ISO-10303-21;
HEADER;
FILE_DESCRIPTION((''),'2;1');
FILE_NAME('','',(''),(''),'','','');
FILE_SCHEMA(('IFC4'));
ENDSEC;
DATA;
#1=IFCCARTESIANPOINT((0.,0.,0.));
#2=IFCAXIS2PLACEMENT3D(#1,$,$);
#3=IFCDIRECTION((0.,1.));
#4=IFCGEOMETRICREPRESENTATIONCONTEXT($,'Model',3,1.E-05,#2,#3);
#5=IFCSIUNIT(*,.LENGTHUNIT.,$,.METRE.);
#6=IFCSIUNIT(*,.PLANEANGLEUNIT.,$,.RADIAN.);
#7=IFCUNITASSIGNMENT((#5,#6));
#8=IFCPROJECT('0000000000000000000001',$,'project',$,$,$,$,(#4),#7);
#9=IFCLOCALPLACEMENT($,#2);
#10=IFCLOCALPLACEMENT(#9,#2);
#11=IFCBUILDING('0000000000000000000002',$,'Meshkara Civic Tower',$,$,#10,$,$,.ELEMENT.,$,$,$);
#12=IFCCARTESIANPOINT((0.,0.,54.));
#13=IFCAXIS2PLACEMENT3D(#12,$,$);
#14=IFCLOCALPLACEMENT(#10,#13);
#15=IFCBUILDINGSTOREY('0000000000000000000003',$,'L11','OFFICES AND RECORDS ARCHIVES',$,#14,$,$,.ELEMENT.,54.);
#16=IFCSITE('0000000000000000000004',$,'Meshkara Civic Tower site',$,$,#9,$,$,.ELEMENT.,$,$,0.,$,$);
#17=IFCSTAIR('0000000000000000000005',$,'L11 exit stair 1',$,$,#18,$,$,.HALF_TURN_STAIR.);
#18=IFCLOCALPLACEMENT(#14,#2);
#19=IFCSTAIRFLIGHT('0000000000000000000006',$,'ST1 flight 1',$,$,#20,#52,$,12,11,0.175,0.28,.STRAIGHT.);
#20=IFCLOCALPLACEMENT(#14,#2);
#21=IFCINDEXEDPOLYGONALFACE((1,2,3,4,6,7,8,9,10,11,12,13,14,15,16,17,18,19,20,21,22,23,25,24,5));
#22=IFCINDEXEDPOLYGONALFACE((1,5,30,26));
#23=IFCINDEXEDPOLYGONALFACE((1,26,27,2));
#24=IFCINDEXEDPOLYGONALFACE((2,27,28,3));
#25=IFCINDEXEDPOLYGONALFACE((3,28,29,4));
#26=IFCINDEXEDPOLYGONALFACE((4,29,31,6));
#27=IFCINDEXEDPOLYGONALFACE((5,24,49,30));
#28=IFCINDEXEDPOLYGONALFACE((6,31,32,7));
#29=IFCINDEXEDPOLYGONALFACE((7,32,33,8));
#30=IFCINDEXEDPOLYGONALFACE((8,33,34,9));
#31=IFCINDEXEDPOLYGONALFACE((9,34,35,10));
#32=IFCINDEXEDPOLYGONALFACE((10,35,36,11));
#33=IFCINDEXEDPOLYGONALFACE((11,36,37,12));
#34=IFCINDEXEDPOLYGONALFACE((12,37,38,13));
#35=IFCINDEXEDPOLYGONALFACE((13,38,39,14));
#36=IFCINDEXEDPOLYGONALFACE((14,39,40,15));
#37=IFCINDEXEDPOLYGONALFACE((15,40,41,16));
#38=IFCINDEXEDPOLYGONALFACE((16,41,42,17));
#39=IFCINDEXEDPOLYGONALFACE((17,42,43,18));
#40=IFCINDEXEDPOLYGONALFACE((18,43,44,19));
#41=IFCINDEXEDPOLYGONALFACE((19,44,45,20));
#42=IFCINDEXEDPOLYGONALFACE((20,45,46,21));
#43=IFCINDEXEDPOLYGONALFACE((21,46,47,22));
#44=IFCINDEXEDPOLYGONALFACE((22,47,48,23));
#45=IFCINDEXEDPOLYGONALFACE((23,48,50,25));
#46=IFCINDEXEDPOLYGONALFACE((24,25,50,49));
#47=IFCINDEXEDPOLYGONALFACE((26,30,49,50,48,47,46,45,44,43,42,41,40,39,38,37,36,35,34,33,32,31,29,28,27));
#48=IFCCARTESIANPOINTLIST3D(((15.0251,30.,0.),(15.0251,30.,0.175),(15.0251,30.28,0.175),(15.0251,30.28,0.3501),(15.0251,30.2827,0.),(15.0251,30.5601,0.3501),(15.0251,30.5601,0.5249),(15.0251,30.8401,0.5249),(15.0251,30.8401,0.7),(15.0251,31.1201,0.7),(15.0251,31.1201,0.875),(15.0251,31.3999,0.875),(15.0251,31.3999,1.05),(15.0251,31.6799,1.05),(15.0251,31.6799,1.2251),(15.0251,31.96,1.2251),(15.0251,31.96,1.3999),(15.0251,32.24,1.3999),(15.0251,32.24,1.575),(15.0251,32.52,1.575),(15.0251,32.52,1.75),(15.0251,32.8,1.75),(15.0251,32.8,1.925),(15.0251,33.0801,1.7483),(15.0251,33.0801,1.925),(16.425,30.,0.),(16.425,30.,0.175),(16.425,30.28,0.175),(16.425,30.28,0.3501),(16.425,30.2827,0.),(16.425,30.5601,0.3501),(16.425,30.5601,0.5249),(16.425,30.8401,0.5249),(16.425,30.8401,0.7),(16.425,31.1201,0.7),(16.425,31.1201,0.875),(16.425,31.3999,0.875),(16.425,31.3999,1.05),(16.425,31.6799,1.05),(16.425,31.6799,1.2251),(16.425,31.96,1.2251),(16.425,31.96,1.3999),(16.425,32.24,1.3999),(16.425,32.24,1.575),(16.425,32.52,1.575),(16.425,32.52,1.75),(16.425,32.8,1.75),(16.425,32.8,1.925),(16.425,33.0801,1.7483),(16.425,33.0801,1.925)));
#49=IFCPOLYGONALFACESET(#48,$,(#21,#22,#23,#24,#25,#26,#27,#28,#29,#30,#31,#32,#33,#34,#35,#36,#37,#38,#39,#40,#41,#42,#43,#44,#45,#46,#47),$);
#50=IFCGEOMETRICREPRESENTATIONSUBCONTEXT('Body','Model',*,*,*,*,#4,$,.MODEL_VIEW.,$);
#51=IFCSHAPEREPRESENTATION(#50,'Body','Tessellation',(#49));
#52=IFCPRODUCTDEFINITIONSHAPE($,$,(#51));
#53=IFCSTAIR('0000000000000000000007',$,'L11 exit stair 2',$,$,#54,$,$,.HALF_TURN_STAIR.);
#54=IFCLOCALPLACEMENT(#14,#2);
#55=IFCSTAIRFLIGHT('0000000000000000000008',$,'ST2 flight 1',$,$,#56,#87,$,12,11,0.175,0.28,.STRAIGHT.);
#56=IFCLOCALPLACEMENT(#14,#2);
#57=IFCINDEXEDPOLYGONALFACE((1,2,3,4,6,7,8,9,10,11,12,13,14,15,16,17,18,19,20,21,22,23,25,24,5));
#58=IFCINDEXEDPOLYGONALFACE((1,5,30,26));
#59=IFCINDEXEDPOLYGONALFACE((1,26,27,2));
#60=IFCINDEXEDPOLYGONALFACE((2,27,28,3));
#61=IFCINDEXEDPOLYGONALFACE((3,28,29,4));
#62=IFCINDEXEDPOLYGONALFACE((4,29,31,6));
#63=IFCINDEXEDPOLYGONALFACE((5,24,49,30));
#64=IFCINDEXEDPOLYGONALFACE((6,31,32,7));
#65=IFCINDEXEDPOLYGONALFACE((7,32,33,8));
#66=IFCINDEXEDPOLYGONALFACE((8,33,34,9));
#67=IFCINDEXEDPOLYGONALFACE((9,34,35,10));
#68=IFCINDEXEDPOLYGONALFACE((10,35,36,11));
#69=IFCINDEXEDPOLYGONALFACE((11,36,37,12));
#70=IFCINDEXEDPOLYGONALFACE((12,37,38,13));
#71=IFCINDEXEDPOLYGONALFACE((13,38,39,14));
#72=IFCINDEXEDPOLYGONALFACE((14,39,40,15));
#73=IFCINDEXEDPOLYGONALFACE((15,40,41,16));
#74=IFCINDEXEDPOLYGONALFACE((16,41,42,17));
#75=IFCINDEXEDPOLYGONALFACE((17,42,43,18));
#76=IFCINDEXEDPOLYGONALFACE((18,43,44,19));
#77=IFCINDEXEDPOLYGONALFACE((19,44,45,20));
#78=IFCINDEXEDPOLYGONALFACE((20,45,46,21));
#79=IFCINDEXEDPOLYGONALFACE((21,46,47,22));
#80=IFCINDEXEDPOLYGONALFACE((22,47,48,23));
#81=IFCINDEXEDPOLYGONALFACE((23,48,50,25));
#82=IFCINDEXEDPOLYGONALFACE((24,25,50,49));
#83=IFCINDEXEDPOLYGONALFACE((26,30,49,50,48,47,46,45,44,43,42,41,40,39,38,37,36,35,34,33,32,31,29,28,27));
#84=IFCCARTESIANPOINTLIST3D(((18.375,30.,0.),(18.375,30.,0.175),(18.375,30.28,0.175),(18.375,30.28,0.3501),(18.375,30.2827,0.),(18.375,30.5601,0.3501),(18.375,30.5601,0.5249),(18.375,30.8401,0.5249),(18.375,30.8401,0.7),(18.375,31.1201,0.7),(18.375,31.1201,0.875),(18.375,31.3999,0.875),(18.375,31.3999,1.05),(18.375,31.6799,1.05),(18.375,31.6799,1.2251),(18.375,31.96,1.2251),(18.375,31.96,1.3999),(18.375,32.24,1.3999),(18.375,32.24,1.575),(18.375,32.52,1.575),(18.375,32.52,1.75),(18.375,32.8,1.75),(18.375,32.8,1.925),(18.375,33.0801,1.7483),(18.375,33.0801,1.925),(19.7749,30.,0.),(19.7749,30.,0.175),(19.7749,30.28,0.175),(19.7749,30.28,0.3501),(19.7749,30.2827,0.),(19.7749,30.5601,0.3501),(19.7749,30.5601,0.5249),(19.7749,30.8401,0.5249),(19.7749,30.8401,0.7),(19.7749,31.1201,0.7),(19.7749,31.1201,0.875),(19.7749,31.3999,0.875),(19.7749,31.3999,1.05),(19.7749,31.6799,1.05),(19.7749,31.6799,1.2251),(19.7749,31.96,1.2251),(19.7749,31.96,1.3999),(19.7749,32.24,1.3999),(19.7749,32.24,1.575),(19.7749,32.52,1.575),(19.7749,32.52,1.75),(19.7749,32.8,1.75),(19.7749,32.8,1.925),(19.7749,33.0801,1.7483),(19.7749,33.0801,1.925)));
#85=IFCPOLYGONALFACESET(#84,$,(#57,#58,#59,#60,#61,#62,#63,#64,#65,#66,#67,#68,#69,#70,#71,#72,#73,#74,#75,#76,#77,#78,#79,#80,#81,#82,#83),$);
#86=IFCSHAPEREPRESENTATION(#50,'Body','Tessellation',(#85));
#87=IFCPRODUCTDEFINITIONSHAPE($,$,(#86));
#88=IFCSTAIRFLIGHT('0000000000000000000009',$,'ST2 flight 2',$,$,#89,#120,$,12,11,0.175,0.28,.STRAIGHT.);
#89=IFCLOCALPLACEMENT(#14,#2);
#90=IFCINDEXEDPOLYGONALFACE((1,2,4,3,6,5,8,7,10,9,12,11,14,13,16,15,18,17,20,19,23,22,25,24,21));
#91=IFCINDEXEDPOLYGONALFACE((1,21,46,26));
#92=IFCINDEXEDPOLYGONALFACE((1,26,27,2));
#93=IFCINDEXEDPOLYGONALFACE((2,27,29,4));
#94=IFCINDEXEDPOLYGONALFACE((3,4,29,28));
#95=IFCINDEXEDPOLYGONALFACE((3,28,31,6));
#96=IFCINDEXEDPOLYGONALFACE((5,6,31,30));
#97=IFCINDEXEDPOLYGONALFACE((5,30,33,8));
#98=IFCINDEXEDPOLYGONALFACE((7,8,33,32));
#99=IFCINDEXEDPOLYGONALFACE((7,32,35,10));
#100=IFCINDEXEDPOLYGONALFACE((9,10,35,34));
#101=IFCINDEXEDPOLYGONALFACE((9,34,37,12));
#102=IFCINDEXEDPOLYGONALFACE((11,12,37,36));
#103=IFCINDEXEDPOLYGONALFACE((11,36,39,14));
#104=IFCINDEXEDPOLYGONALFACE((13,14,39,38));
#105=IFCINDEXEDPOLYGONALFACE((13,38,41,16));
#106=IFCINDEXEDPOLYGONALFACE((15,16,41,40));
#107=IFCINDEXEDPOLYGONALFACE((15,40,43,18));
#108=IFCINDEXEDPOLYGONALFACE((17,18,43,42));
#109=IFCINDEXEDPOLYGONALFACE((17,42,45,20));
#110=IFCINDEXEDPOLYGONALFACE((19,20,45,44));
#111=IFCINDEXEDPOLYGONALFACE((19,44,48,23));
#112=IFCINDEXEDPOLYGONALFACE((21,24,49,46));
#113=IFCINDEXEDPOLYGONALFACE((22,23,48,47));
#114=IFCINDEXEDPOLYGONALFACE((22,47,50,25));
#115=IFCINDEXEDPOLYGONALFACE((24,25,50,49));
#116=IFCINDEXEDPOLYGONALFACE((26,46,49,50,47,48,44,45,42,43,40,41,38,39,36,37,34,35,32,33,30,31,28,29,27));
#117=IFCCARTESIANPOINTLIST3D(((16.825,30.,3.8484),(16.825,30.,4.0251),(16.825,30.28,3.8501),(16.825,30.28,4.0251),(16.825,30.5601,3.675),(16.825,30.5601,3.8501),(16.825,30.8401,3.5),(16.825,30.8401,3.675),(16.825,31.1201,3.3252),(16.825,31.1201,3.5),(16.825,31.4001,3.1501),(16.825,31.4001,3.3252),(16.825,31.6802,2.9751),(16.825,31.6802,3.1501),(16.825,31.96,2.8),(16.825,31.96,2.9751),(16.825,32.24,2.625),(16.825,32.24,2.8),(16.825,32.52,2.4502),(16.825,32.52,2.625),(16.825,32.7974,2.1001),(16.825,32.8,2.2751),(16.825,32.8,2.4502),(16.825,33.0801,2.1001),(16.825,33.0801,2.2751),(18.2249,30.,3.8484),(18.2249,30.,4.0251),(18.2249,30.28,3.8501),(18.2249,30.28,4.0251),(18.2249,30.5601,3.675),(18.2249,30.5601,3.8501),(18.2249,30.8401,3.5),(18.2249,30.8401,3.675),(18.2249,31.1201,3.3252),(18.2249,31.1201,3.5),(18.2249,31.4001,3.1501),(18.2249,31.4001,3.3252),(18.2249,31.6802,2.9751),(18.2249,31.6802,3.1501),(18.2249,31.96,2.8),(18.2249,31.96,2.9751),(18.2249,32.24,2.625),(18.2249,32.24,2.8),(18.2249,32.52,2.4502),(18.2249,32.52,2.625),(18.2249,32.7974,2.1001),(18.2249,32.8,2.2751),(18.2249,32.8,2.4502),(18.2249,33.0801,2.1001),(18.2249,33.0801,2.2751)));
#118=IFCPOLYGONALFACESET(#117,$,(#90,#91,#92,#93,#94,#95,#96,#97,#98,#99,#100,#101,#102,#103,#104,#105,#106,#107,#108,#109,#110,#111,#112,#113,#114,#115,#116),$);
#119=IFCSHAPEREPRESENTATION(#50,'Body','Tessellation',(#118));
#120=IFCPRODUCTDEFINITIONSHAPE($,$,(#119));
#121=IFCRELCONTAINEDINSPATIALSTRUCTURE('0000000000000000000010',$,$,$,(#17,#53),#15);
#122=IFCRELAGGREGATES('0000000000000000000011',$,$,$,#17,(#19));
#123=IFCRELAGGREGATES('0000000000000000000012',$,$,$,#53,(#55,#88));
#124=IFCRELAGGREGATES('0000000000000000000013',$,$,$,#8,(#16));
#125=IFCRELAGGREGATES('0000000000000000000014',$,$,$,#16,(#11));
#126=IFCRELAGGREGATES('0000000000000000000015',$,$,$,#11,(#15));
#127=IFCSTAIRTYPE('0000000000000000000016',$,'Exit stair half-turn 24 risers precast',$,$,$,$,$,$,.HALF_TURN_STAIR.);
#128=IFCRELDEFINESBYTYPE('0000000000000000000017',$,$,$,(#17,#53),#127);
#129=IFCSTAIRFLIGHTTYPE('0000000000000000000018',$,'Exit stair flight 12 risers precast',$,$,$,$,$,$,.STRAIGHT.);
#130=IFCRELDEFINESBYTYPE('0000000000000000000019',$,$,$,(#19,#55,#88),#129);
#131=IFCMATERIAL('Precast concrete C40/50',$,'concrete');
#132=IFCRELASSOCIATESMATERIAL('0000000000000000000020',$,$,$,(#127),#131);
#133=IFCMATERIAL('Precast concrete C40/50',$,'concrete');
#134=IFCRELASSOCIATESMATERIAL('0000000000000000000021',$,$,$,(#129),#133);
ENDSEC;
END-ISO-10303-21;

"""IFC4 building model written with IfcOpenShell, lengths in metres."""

from ifc_helpers import new_model, si_unit, direction, frame, origin, place, context, subcontext, project, spatial, polyline, outline, extrude, material, type_object, element, aggregate, save


model = new_model("IFC4")

# Units and contexts
model_context = context("Model", 3, precision=1e-05, world=origin(), true_north=direction((0.0, 1.0)))
body_context = subcontext(model_context, "Body", "Model", "MODEL_VIEW")
ifc_project = project(units=[si_unit("LENGTHUNIT", "METRE"), si_unit("PLANEANGLEUNIT", "RADIAN")], contexts=[model_context])

# Site, building, storey
site_placement = place(None, origin())
site = spatial("IfcSite", under=ifc_project, at=site_placement, Name="Meshkara Civic Tower site", CompositionType="ELEMENT", RefElevation=0.0)
building_placement = place(site_placement, origin())
building = spatial("IfcBuilding", under=site, at=building_placement, Name="Meshkara Civic Tower", CompositionType="ELEMENT")
storey_placement = place(building_placement, frame((0.0, 0.0, 54.0)))
storey = spatial("IfcBuildingStorey", under=building, at=storey_placement, Name="L11", Description="OFFICES AND RECORDS ARCHIVES", CompositionType="ELEMENT", Elevation=54.0)

# Stair, stair flight
ifc_material_1 = material(Name="Precast concrete C40/50", Category="concrete")
stair_type = type_object("IfcStairType", Name="Exit stair half-turn 24 risers precast", PredefinedType="HALF_TURN_STAIR", material=ifc_material_1)
stair_1_placement = place(storey_placement, origin())
stair_1 = element("IfcStair", 1, at=stair_1_placement, inside=storey, type_object=stair_type, Name="L11 exit stair 1", PredefinedType="HALF_TURN_STAIR")
ifc_material_2 = material(Name="Precast concrete C40/50", Category="concrete")
stair_flight_type = type_object("IfcStairFlightType", Name="Exit stair flight 12 risers precast", PredefinedType="STRAIGHT", material=ifc_material_2)
stair_flight_1_placement = place(storey_placement, frame((15.7251, 30.0, 0.0), z_axis=(0.0, 0.0, 1.0), x_axis=(0.0, 1.0, 0.0)))
stair_flight_1 = element("IfcStairFlight", 2, at=stair_flight_1_placement, type_object=stair_flight_type, Name="ST1 flight 1", NumberOfRisers=12, NumberOfTreads=11, PredefinedType="STRAIGHT", RiserHeight=0.175, TreadLength=0.28, context=body_context, shape_type="SweptSolid", body=[
    extrude(outline(polyline([(0.0, 0.0), (0.0, 0.175), (0.28, 0.175), (0.28, 0.3501), (0.5601, 0.3501), (0.5601, 0.5249), (0.8401, 0.5249), (0.8401, 0.7), (1.1201, 0.7), (1.1201, 0.875), (1.3999, 0.875), (1.3999, 1.05), (1.6799, 1.05), (1.6799, 1.2251), (1.96, 1.2251), (1.96, 1.3999), (2.24, 1.3999), (2.24, 1.575), (2.52, 1.575), (2.52, 1.75), (2.8, 1.75), (2.8, 1.925), (3.0801, 1.925), (3.0801, 2.1001), (3.0801, 1.7483), (0.2827, 0.0), (0.0, 0.0)])), frame((0.0, 0.7, 0.0), z_axis=(0.0, -1.0, 0.0), x_axis=(1.0, 0.0, 0.0)), (0.0, 0.0, 1.0), 1.3999),
])
aggregate(stair_1, [stair_flight_1])

# Stair, stair flights
stair_2_placement = place(storey_placement, origin())
stair_2 = element("IfcStair", 3, at=stair_2_placement, inside=storey, type_object=stair_type, Name="L11 exit stair 2", PredefinedType="HALF_TURN_STAIR")
stair_flight_2_placement = place(storey_placement, frame((19.075, 30.0, 0.0), z_axis=(0.0, 0.0, 1.0), x_axis=(0.0, 1.0, 0.0)))
stair_flight_2 = element("IfcStairFlight", 4, at=stair_flight_2_placement, type_object=stair_flight_type, Name="ST2 flight 1", NumberOfRisers=12, NumberOfTreads=11, PredefinedType="STRAIGHT", RiserHeight=0.175, TreadLength=0.28, context=body_context, shape_type="SweptSolid", body=[
    extrude(outline(polyline([(0.0, 0.0), (0.0, 0.175), (0.28, 0.175), (0.28, 0.3501), (0.5601, 0.3501), (0.5601, 0.5249), (0.8401, 0.5249), (0.8401, 0.7), (1.1201, 0.7), (1.1201, 0.875), (1.3999, 0.875), (1.3999, 1.05), (1.6799, 1.05), (1.6799, 1.2251), (1.96, 1.2251), (1.96, 1.3999), (2.24, 1.3999), (2.24, 1.575), (2.52, 1.575), (2.52, 1.75), (2.8, 1.75), (2.8, 1.925), (3.0801, 1.925), (3.0801, 2.1001), (3.0801, 1.7483), (0.2827, 0.0), (0.0, 0.0)])), frame((0.0, 0.7, 0.0), z_axis=(0.0, -1.0, 0.0), x_axis=(1.0, 0.0, 0.0)), (0.0, 0.0, 1.0), 1.3999),
])
stair_flight_3_placement = place(storey_placement, frame((17.5249, 33.0801, 2.1001), z_axis=(0.0, 0.0, 1.0), x_axis=(0.0, -1.0, 0.0)))
stair_flight_3 = element("IfcStairFlight", 5, at=stair_flight_3_placement, type_object=stair_flight_type, Name="ST2 flight 2", NumberOfRisers=12, NumberOfTreads=11, PredefinedType="STRAIGHT", RiserHeight=0.175, TreadLength=0.28, context=body_context, shape_type="SweptSolid", body=[
    extrude(outline(polyline([(0.0, 0.0), (0.0, 0.175), (0.28, 0.175), (0.28, 0.3501), (0.5601, 0.3501), (0.5601, 0.5249), (0.8401, 0.5249), (0.8401, 0.7), (1.1201, 0.7), (1.1201, 0.875), (1.3999, 0.875), (1.3999, 1.05), (1.6799, 1.05), (1.6799, 1.2251), (1.96, 1.2251), (1.96, 1.3999), (2.24, 1.3999), (2.24, 1.575), (2.52, 1.575), (2.52, 1.75), (2.8, 1.75), (2.8, 1.925), (3.0801, 1.925), (3.0801, 2.1001), (3.0801, 1.7483), (0.2827, 0.0), (0.0, 0.0)])), frame((0.0, 0.7, 0.0), z_axis=(0.0, -1.0, 0.0), x_axis=(1.0, 0.0, 0.0)), (0.0, 0.0, 1.0), 1.3999),
])
aggregate(stair_2, [stair_flight_2, stair_flight_3])

save(model, "model.ifc")
